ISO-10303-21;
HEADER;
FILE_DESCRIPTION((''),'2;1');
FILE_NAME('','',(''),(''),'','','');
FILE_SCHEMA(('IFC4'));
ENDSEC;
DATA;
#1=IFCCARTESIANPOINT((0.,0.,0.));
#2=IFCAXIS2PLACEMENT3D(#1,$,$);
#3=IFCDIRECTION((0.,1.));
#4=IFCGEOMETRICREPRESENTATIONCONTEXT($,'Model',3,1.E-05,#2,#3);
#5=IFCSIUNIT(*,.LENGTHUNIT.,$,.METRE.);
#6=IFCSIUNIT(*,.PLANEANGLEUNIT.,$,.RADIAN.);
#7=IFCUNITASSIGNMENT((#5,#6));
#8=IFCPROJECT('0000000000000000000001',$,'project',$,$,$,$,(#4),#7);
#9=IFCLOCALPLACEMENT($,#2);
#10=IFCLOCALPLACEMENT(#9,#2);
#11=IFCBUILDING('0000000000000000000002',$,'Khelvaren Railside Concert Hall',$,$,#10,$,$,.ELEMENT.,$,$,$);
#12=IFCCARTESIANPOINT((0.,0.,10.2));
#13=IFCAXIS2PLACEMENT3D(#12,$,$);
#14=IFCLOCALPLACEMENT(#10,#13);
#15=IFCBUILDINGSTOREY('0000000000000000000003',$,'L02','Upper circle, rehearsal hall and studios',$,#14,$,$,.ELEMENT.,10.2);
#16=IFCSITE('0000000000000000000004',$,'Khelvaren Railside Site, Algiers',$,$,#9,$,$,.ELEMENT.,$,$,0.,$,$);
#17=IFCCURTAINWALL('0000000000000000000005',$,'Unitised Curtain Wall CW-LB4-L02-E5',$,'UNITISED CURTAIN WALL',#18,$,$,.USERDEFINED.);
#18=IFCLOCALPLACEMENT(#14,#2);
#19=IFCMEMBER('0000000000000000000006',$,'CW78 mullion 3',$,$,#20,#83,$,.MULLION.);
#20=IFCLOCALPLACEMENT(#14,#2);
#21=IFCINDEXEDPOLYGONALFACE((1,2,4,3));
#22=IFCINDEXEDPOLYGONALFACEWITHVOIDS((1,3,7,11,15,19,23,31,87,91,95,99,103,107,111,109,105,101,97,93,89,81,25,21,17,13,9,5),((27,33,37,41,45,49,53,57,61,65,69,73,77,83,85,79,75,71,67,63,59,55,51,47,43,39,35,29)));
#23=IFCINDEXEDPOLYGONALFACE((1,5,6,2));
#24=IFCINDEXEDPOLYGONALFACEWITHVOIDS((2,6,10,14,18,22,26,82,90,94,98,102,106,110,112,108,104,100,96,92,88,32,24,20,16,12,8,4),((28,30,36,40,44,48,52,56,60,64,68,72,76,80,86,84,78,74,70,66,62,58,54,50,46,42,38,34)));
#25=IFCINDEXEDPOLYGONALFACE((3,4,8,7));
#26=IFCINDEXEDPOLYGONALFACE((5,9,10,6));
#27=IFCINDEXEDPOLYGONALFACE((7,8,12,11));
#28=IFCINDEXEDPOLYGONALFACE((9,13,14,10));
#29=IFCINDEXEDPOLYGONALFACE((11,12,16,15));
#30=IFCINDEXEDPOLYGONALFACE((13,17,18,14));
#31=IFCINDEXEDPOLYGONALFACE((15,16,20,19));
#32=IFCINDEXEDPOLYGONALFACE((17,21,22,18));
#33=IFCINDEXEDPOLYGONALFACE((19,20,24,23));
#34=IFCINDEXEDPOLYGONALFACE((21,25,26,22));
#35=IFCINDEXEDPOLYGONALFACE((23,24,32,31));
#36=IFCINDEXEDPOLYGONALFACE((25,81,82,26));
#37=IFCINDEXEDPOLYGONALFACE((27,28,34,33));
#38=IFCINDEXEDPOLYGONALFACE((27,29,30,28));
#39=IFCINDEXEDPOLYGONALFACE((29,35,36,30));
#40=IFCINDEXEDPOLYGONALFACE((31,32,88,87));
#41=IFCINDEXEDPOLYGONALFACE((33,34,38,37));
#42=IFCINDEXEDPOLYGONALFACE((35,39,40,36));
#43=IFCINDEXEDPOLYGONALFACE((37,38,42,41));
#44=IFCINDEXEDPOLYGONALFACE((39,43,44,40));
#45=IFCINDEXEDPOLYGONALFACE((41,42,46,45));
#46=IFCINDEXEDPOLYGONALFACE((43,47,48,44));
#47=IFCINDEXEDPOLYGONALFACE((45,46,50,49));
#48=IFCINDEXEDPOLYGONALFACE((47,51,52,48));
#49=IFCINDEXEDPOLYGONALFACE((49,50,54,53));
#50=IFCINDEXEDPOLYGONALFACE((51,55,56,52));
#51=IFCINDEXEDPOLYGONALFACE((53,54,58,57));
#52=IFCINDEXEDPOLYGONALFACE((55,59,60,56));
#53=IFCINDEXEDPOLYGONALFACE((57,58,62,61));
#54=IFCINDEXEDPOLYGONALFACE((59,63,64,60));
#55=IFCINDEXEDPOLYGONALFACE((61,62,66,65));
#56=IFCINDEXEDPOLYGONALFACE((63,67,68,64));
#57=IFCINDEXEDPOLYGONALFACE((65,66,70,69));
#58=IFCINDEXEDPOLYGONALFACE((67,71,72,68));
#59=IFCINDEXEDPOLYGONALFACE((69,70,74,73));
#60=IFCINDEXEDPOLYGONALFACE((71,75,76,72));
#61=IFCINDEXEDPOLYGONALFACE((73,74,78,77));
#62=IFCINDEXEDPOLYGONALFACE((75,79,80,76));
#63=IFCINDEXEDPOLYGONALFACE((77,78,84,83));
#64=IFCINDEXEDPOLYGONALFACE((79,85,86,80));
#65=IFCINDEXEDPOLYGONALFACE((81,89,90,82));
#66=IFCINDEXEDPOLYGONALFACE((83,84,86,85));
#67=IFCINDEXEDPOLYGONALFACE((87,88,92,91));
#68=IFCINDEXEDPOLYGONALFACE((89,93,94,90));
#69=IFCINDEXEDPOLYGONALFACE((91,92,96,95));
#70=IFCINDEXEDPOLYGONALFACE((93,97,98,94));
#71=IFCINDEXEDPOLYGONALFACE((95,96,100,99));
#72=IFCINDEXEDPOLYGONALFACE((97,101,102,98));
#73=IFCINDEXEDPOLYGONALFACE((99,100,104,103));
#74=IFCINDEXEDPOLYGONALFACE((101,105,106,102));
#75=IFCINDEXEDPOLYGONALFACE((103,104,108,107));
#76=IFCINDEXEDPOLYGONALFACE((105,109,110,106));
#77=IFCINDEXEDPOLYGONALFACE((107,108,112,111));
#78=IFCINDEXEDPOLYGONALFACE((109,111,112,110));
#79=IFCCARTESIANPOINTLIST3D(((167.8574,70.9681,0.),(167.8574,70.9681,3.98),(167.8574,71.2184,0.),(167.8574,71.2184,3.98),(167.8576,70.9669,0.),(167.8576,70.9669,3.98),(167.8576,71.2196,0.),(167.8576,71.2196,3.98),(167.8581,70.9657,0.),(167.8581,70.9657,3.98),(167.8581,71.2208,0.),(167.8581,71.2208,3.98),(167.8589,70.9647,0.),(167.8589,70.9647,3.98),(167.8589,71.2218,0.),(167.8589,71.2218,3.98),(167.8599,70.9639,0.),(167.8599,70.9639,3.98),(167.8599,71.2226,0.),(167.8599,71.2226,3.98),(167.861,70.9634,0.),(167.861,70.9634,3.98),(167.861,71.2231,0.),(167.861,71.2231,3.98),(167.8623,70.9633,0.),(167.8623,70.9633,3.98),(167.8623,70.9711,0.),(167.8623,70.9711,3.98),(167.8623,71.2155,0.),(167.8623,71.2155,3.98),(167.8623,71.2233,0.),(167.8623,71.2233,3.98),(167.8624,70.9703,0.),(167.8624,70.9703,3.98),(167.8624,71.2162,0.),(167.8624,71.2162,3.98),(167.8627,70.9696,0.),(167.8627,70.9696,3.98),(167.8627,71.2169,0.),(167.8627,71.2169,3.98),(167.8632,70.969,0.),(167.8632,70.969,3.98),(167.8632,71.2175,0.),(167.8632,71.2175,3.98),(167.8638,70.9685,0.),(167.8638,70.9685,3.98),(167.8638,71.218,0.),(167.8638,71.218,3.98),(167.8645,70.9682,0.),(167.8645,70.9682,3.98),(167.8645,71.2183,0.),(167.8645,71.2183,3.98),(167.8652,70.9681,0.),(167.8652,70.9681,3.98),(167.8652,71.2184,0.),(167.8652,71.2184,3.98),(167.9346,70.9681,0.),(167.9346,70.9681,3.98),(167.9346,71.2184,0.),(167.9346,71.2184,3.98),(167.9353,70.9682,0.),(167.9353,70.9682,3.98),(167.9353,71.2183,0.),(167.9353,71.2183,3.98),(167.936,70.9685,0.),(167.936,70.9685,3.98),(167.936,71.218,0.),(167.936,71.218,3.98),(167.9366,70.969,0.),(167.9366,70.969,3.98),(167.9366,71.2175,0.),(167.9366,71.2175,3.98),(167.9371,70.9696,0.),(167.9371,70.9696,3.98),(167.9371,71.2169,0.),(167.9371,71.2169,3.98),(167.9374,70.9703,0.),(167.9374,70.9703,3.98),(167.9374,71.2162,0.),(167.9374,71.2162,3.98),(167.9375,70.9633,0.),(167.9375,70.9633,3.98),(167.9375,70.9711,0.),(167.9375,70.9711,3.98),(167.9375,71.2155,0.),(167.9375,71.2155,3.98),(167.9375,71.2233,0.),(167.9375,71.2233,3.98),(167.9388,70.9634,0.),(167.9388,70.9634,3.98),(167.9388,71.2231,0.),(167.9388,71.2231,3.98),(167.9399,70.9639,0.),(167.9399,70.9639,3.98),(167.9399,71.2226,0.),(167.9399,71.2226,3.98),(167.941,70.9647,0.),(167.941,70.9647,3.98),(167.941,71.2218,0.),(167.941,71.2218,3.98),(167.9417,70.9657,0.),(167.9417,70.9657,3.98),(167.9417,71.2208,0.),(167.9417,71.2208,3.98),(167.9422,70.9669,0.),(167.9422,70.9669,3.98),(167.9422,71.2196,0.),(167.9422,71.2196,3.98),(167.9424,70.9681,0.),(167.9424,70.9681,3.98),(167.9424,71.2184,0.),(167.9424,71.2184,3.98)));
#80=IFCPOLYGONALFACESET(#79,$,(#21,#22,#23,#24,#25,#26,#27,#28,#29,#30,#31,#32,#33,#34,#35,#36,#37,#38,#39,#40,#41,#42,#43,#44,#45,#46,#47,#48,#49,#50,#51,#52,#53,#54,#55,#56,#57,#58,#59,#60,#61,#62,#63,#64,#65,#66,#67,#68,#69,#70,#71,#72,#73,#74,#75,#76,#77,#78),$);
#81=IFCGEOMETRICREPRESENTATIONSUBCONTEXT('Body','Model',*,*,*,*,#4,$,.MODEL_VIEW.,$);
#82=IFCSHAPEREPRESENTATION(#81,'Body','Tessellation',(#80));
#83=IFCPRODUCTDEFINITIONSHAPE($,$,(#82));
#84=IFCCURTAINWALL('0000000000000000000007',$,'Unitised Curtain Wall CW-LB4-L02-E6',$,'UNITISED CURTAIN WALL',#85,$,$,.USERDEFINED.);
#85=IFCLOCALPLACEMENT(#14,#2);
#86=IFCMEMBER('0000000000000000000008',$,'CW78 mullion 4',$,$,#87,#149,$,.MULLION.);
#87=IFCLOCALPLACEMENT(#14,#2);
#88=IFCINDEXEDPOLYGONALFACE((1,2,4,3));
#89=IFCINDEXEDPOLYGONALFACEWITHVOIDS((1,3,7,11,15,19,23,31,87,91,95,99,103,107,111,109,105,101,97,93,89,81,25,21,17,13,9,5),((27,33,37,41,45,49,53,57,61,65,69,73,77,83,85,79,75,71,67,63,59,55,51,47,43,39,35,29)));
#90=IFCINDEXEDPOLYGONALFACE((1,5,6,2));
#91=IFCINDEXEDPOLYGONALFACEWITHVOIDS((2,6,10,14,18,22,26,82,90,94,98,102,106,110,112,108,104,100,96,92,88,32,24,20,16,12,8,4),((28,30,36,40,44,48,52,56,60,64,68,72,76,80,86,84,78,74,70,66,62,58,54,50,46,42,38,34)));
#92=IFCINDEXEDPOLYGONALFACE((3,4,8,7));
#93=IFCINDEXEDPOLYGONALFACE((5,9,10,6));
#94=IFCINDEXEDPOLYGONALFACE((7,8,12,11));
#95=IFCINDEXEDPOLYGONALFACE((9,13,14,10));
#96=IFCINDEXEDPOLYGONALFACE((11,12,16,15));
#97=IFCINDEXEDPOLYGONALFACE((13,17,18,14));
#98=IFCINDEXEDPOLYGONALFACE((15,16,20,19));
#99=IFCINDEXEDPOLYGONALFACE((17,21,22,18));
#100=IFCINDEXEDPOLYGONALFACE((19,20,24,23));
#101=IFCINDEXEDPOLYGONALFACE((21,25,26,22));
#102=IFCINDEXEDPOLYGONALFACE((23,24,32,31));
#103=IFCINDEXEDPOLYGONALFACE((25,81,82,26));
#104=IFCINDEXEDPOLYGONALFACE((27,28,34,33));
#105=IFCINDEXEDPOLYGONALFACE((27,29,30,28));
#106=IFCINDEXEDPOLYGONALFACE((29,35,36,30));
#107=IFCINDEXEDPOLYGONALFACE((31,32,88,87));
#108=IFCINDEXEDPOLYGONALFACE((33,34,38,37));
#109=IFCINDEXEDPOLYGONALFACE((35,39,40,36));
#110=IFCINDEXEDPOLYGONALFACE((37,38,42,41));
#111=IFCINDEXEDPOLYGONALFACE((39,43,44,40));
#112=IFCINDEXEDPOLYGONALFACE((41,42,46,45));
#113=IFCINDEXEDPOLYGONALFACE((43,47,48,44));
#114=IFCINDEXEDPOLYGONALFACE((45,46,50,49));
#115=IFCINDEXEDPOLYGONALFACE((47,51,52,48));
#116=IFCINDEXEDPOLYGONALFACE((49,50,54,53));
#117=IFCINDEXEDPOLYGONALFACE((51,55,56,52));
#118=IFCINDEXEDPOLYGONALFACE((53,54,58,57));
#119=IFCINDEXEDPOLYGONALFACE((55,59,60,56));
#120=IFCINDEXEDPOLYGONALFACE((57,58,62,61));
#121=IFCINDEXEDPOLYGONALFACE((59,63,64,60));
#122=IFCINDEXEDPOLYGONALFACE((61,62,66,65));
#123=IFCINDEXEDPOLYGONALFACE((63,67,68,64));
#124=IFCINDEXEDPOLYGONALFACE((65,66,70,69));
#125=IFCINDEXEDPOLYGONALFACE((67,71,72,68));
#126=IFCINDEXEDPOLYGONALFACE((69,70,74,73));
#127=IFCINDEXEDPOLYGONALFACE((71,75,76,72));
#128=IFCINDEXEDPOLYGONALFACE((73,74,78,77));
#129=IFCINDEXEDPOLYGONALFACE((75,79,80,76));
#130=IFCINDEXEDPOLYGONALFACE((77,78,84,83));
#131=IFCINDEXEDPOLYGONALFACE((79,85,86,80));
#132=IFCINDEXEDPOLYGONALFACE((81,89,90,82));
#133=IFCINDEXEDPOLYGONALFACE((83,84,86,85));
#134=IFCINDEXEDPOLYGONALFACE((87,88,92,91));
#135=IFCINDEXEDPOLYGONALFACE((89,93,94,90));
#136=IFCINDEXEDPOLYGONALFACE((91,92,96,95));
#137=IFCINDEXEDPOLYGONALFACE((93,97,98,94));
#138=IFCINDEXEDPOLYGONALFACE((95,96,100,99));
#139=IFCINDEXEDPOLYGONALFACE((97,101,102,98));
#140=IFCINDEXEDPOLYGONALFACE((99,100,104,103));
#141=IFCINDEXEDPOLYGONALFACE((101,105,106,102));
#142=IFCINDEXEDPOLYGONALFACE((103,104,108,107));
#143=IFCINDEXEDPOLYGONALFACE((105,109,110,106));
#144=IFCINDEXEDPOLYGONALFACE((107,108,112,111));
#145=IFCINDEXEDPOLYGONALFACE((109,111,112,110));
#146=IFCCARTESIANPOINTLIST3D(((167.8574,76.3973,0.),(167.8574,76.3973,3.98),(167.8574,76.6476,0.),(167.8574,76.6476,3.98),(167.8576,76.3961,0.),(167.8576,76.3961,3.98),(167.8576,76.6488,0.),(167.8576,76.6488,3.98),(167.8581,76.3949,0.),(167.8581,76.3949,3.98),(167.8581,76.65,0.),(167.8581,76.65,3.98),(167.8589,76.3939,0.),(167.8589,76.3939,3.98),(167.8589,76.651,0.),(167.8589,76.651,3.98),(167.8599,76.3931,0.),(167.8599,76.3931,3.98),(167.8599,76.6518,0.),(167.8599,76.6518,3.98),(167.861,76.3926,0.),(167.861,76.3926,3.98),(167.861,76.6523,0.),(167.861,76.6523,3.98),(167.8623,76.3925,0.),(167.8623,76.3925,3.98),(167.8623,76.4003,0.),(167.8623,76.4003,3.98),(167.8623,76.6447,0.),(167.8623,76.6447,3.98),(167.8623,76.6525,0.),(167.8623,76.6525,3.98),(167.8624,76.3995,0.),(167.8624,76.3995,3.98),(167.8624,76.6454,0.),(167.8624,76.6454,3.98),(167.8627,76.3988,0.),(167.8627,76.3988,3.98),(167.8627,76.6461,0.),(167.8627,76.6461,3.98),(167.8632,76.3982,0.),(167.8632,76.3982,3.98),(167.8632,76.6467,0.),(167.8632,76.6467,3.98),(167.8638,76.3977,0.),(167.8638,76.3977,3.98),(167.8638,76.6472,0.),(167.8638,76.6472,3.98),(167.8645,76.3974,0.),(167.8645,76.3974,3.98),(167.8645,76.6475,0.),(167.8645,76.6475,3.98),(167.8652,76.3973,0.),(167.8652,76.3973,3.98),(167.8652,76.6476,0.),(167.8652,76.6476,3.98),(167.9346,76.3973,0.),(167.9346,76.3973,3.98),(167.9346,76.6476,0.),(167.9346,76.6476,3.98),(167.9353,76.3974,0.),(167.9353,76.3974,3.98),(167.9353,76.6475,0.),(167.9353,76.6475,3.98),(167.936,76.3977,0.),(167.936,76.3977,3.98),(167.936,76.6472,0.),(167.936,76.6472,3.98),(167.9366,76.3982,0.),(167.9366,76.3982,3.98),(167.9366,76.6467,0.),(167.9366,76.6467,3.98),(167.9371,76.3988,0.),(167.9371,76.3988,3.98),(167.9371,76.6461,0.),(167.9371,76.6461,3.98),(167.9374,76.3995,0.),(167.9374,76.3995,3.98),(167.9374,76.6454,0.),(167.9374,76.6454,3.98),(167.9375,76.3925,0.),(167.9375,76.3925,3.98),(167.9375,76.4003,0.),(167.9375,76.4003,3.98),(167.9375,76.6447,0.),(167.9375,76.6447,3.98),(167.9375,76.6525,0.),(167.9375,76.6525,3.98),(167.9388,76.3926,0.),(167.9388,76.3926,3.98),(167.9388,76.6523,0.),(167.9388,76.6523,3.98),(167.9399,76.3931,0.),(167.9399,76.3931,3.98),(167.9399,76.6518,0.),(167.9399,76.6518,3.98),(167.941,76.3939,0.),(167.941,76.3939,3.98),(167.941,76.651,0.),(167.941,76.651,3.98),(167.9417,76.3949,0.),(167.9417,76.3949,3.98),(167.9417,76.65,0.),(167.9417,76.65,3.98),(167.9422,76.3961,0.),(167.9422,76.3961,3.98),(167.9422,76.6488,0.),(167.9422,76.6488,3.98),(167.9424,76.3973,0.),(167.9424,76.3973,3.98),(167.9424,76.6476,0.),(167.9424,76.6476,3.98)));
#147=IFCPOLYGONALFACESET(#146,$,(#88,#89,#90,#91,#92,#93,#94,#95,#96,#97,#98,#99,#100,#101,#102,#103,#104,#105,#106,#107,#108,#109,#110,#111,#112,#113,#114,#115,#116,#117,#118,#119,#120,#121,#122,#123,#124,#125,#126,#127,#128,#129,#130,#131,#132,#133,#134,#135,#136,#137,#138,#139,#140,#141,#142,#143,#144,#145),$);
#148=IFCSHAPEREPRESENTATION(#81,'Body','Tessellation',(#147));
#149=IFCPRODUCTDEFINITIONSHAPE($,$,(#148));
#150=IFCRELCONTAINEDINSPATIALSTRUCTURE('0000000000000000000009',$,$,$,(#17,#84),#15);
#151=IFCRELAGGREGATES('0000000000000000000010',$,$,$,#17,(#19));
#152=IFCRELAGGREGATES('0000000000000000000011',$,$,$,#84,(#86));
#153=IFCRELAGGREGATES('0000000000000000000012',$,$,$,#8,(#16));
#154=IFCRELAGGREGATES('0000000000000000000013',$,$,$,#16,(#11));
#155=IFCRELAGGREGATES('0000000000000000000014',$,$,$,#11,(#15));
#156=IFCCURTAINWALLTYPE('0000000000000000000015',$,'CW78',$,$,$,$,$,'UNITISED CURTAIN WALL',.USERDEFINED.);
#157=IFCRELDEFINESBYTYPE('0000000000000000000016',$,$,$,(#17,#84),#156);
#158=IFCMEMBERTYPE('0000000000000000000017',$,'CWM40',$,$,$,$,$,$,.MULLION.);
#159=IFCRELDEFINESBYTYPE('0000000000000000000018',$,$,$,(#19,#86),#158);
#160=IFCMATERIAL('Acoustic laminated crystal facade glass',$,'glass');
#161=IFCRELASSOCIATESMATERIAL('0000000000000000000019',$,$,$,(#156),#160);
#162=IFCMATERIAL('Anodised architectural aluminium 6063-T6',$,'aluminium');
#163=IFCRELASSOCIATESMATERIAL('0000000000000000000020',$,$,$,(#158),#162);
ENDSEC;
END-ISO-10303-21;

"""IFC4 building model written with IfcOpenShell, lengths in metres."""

from ifc_helpers import new_model, si_unit, direction, frame, origin, origin_2d, place, context, subcontext, project, spatial, hollow_rectangle, extrude, material, material_profile, profile_set, type_object, element, aggregate, save


model = new_model("IFC4")

# Units and contexts
model_context = context("Model", 3, precision=1e-05, world=origin(), true_north=direction((0.0, 1.0)))
body_context = subcontext(model_context, "Body", "Model", "MODEL_VIEW")
ifc_project = project(units=[si_unit("LENGTHUNIT", "METRE"), si_unit("PLANEANGLEUNIT", "RADIAN")], contexts=[model_context])

# Site, building, storey
site_placement = place(None, origin())
site = spatial("IfcSite", under=ifc_project, at=site_placement, Name="Khelvaren Railside Site, Algiers", CompositionType="ELEMENT", RefElevation=0.0)
building_placement = place(site_placement, origin())
building = spatial("IfcBuilding", under=site, at=building_placement, Name="Khelvaren Railside Concert Hall", CompositionType="ELEMENT")
storey_placement = place(building_placement, frame((0.0, 0.0, 10.2)))
storey = spatial("IfcBuildingStorey", under=building, at=storey_placement, Name="L02", Description="Upper circle, rehearsal hall and studios", CompositionType="ELEMENT", Elevation=10.2)

# Curtain wall, member
ifc_material_1 = material(Name="Acoustic laminated crystal facade glass", Category="glass")
curtain_wall_type = type_object("IfcCurtainWallType", Name="CW78", ElementType="UNITISED CURTAIN WALL", PredefinedType="USERDEFINED", material=ifc_material_1)
curtain_wall_1_placement = place(storey_placement, origin())
curtain_wall_1 = element("IfcCurtainWall", 1, at=curtain_wall_1_placement, inside=storey, type_object=curtain_wall_type, Name="Unitised Curtain Wall CW-LB4-L02-E5", ObjectType="UNITISED CURTAIN WALL", PredefinedType="USERDEFINED")
ifc_material_2 = material(Name="Anodised architectural aluminium 6063-T6", Category="aluminium")
ifc_material_profile_1 = material_profile(ifc_material_2, hollow_rectangle(XDim=0.085, YDim=0.26, WallThickness=0.0049, InnerFilletRadius=0.0029, OuterFilletRadius=0.0049, at=origin_2d()), Name="CWM 85x260x5")
ifc_profile_set_1 = profile_set([ifc_material_profile_1], Name="Anodised architectural aluminium 6063-T6")
member_type_1 = type_object("IfcMemberType", Name="CWM40", PredefinedType="MULLION", material=ifc_profile_set_1)
member_1_placement = place(storey_placement, frame((167.8999, 71.0933, 0.0), z_axis=(0.0, 0.0, 1.0), x_axis=(1.0, 0.0, 0.0)))
member_1 = element("IfcMember", 2, at=member_1_placement, type_object=member_type_1, Name="CW78 mullion 3", PredefinedType="MULLION", context=body_context, shape_type="SweptSolid", body=[
    extrude(hollow_rectangle(XDim=0.085, YDim=0.26, WallThickness=0.0049, InnerFilletRadius=0.0029, OuterFilletRadius=0.0049, at=origin_2d()), origin(), (0.0, 0.0, 1.0), 3.98),
])

# Curtain wall, member
curtain_wall_2_placement = place(storey_placement, origin())
curtain_wall_2 = element("IfcCurtainWall", 3, at=curtain_wall_2_placement, inside=storey, type_object=curtain_wall_type, Name="Unitised Curtain Wall CW-LB4-L02-E6", ObjectType="UNITISED CURTAIN WALL", PredefinedType="USERDEFINED")
member_2_placement = place(storey_placement, frame((167.8999, 76.5225, 0.0), z_axis=(0.0, 0.0, 1.0), x_axis=(1.0, 0.0, 0.0)))
member_2 = element("IfcMember", 4, at=member_2_placement, type_object=member_type_1, Name="CW78 mullion 4", PredefinedType="MULLION", context=body_context, shape_type="SweptSolid", body=[
    extrude(hollow_rectangle(XDim=0.085, YDim=0.26, WallThickness=0.0049, InnerFilletRadius=0.0029, OuterFilletRadius=0.0049, at=origin_2d()), origin(), (0.0, 0.0, 1.0), 3.98),
])

aggregate(curtain_wall_1, [member_1])

aggregate(curtain_wall_2, [member_2])

save(model, "model.ifc")
